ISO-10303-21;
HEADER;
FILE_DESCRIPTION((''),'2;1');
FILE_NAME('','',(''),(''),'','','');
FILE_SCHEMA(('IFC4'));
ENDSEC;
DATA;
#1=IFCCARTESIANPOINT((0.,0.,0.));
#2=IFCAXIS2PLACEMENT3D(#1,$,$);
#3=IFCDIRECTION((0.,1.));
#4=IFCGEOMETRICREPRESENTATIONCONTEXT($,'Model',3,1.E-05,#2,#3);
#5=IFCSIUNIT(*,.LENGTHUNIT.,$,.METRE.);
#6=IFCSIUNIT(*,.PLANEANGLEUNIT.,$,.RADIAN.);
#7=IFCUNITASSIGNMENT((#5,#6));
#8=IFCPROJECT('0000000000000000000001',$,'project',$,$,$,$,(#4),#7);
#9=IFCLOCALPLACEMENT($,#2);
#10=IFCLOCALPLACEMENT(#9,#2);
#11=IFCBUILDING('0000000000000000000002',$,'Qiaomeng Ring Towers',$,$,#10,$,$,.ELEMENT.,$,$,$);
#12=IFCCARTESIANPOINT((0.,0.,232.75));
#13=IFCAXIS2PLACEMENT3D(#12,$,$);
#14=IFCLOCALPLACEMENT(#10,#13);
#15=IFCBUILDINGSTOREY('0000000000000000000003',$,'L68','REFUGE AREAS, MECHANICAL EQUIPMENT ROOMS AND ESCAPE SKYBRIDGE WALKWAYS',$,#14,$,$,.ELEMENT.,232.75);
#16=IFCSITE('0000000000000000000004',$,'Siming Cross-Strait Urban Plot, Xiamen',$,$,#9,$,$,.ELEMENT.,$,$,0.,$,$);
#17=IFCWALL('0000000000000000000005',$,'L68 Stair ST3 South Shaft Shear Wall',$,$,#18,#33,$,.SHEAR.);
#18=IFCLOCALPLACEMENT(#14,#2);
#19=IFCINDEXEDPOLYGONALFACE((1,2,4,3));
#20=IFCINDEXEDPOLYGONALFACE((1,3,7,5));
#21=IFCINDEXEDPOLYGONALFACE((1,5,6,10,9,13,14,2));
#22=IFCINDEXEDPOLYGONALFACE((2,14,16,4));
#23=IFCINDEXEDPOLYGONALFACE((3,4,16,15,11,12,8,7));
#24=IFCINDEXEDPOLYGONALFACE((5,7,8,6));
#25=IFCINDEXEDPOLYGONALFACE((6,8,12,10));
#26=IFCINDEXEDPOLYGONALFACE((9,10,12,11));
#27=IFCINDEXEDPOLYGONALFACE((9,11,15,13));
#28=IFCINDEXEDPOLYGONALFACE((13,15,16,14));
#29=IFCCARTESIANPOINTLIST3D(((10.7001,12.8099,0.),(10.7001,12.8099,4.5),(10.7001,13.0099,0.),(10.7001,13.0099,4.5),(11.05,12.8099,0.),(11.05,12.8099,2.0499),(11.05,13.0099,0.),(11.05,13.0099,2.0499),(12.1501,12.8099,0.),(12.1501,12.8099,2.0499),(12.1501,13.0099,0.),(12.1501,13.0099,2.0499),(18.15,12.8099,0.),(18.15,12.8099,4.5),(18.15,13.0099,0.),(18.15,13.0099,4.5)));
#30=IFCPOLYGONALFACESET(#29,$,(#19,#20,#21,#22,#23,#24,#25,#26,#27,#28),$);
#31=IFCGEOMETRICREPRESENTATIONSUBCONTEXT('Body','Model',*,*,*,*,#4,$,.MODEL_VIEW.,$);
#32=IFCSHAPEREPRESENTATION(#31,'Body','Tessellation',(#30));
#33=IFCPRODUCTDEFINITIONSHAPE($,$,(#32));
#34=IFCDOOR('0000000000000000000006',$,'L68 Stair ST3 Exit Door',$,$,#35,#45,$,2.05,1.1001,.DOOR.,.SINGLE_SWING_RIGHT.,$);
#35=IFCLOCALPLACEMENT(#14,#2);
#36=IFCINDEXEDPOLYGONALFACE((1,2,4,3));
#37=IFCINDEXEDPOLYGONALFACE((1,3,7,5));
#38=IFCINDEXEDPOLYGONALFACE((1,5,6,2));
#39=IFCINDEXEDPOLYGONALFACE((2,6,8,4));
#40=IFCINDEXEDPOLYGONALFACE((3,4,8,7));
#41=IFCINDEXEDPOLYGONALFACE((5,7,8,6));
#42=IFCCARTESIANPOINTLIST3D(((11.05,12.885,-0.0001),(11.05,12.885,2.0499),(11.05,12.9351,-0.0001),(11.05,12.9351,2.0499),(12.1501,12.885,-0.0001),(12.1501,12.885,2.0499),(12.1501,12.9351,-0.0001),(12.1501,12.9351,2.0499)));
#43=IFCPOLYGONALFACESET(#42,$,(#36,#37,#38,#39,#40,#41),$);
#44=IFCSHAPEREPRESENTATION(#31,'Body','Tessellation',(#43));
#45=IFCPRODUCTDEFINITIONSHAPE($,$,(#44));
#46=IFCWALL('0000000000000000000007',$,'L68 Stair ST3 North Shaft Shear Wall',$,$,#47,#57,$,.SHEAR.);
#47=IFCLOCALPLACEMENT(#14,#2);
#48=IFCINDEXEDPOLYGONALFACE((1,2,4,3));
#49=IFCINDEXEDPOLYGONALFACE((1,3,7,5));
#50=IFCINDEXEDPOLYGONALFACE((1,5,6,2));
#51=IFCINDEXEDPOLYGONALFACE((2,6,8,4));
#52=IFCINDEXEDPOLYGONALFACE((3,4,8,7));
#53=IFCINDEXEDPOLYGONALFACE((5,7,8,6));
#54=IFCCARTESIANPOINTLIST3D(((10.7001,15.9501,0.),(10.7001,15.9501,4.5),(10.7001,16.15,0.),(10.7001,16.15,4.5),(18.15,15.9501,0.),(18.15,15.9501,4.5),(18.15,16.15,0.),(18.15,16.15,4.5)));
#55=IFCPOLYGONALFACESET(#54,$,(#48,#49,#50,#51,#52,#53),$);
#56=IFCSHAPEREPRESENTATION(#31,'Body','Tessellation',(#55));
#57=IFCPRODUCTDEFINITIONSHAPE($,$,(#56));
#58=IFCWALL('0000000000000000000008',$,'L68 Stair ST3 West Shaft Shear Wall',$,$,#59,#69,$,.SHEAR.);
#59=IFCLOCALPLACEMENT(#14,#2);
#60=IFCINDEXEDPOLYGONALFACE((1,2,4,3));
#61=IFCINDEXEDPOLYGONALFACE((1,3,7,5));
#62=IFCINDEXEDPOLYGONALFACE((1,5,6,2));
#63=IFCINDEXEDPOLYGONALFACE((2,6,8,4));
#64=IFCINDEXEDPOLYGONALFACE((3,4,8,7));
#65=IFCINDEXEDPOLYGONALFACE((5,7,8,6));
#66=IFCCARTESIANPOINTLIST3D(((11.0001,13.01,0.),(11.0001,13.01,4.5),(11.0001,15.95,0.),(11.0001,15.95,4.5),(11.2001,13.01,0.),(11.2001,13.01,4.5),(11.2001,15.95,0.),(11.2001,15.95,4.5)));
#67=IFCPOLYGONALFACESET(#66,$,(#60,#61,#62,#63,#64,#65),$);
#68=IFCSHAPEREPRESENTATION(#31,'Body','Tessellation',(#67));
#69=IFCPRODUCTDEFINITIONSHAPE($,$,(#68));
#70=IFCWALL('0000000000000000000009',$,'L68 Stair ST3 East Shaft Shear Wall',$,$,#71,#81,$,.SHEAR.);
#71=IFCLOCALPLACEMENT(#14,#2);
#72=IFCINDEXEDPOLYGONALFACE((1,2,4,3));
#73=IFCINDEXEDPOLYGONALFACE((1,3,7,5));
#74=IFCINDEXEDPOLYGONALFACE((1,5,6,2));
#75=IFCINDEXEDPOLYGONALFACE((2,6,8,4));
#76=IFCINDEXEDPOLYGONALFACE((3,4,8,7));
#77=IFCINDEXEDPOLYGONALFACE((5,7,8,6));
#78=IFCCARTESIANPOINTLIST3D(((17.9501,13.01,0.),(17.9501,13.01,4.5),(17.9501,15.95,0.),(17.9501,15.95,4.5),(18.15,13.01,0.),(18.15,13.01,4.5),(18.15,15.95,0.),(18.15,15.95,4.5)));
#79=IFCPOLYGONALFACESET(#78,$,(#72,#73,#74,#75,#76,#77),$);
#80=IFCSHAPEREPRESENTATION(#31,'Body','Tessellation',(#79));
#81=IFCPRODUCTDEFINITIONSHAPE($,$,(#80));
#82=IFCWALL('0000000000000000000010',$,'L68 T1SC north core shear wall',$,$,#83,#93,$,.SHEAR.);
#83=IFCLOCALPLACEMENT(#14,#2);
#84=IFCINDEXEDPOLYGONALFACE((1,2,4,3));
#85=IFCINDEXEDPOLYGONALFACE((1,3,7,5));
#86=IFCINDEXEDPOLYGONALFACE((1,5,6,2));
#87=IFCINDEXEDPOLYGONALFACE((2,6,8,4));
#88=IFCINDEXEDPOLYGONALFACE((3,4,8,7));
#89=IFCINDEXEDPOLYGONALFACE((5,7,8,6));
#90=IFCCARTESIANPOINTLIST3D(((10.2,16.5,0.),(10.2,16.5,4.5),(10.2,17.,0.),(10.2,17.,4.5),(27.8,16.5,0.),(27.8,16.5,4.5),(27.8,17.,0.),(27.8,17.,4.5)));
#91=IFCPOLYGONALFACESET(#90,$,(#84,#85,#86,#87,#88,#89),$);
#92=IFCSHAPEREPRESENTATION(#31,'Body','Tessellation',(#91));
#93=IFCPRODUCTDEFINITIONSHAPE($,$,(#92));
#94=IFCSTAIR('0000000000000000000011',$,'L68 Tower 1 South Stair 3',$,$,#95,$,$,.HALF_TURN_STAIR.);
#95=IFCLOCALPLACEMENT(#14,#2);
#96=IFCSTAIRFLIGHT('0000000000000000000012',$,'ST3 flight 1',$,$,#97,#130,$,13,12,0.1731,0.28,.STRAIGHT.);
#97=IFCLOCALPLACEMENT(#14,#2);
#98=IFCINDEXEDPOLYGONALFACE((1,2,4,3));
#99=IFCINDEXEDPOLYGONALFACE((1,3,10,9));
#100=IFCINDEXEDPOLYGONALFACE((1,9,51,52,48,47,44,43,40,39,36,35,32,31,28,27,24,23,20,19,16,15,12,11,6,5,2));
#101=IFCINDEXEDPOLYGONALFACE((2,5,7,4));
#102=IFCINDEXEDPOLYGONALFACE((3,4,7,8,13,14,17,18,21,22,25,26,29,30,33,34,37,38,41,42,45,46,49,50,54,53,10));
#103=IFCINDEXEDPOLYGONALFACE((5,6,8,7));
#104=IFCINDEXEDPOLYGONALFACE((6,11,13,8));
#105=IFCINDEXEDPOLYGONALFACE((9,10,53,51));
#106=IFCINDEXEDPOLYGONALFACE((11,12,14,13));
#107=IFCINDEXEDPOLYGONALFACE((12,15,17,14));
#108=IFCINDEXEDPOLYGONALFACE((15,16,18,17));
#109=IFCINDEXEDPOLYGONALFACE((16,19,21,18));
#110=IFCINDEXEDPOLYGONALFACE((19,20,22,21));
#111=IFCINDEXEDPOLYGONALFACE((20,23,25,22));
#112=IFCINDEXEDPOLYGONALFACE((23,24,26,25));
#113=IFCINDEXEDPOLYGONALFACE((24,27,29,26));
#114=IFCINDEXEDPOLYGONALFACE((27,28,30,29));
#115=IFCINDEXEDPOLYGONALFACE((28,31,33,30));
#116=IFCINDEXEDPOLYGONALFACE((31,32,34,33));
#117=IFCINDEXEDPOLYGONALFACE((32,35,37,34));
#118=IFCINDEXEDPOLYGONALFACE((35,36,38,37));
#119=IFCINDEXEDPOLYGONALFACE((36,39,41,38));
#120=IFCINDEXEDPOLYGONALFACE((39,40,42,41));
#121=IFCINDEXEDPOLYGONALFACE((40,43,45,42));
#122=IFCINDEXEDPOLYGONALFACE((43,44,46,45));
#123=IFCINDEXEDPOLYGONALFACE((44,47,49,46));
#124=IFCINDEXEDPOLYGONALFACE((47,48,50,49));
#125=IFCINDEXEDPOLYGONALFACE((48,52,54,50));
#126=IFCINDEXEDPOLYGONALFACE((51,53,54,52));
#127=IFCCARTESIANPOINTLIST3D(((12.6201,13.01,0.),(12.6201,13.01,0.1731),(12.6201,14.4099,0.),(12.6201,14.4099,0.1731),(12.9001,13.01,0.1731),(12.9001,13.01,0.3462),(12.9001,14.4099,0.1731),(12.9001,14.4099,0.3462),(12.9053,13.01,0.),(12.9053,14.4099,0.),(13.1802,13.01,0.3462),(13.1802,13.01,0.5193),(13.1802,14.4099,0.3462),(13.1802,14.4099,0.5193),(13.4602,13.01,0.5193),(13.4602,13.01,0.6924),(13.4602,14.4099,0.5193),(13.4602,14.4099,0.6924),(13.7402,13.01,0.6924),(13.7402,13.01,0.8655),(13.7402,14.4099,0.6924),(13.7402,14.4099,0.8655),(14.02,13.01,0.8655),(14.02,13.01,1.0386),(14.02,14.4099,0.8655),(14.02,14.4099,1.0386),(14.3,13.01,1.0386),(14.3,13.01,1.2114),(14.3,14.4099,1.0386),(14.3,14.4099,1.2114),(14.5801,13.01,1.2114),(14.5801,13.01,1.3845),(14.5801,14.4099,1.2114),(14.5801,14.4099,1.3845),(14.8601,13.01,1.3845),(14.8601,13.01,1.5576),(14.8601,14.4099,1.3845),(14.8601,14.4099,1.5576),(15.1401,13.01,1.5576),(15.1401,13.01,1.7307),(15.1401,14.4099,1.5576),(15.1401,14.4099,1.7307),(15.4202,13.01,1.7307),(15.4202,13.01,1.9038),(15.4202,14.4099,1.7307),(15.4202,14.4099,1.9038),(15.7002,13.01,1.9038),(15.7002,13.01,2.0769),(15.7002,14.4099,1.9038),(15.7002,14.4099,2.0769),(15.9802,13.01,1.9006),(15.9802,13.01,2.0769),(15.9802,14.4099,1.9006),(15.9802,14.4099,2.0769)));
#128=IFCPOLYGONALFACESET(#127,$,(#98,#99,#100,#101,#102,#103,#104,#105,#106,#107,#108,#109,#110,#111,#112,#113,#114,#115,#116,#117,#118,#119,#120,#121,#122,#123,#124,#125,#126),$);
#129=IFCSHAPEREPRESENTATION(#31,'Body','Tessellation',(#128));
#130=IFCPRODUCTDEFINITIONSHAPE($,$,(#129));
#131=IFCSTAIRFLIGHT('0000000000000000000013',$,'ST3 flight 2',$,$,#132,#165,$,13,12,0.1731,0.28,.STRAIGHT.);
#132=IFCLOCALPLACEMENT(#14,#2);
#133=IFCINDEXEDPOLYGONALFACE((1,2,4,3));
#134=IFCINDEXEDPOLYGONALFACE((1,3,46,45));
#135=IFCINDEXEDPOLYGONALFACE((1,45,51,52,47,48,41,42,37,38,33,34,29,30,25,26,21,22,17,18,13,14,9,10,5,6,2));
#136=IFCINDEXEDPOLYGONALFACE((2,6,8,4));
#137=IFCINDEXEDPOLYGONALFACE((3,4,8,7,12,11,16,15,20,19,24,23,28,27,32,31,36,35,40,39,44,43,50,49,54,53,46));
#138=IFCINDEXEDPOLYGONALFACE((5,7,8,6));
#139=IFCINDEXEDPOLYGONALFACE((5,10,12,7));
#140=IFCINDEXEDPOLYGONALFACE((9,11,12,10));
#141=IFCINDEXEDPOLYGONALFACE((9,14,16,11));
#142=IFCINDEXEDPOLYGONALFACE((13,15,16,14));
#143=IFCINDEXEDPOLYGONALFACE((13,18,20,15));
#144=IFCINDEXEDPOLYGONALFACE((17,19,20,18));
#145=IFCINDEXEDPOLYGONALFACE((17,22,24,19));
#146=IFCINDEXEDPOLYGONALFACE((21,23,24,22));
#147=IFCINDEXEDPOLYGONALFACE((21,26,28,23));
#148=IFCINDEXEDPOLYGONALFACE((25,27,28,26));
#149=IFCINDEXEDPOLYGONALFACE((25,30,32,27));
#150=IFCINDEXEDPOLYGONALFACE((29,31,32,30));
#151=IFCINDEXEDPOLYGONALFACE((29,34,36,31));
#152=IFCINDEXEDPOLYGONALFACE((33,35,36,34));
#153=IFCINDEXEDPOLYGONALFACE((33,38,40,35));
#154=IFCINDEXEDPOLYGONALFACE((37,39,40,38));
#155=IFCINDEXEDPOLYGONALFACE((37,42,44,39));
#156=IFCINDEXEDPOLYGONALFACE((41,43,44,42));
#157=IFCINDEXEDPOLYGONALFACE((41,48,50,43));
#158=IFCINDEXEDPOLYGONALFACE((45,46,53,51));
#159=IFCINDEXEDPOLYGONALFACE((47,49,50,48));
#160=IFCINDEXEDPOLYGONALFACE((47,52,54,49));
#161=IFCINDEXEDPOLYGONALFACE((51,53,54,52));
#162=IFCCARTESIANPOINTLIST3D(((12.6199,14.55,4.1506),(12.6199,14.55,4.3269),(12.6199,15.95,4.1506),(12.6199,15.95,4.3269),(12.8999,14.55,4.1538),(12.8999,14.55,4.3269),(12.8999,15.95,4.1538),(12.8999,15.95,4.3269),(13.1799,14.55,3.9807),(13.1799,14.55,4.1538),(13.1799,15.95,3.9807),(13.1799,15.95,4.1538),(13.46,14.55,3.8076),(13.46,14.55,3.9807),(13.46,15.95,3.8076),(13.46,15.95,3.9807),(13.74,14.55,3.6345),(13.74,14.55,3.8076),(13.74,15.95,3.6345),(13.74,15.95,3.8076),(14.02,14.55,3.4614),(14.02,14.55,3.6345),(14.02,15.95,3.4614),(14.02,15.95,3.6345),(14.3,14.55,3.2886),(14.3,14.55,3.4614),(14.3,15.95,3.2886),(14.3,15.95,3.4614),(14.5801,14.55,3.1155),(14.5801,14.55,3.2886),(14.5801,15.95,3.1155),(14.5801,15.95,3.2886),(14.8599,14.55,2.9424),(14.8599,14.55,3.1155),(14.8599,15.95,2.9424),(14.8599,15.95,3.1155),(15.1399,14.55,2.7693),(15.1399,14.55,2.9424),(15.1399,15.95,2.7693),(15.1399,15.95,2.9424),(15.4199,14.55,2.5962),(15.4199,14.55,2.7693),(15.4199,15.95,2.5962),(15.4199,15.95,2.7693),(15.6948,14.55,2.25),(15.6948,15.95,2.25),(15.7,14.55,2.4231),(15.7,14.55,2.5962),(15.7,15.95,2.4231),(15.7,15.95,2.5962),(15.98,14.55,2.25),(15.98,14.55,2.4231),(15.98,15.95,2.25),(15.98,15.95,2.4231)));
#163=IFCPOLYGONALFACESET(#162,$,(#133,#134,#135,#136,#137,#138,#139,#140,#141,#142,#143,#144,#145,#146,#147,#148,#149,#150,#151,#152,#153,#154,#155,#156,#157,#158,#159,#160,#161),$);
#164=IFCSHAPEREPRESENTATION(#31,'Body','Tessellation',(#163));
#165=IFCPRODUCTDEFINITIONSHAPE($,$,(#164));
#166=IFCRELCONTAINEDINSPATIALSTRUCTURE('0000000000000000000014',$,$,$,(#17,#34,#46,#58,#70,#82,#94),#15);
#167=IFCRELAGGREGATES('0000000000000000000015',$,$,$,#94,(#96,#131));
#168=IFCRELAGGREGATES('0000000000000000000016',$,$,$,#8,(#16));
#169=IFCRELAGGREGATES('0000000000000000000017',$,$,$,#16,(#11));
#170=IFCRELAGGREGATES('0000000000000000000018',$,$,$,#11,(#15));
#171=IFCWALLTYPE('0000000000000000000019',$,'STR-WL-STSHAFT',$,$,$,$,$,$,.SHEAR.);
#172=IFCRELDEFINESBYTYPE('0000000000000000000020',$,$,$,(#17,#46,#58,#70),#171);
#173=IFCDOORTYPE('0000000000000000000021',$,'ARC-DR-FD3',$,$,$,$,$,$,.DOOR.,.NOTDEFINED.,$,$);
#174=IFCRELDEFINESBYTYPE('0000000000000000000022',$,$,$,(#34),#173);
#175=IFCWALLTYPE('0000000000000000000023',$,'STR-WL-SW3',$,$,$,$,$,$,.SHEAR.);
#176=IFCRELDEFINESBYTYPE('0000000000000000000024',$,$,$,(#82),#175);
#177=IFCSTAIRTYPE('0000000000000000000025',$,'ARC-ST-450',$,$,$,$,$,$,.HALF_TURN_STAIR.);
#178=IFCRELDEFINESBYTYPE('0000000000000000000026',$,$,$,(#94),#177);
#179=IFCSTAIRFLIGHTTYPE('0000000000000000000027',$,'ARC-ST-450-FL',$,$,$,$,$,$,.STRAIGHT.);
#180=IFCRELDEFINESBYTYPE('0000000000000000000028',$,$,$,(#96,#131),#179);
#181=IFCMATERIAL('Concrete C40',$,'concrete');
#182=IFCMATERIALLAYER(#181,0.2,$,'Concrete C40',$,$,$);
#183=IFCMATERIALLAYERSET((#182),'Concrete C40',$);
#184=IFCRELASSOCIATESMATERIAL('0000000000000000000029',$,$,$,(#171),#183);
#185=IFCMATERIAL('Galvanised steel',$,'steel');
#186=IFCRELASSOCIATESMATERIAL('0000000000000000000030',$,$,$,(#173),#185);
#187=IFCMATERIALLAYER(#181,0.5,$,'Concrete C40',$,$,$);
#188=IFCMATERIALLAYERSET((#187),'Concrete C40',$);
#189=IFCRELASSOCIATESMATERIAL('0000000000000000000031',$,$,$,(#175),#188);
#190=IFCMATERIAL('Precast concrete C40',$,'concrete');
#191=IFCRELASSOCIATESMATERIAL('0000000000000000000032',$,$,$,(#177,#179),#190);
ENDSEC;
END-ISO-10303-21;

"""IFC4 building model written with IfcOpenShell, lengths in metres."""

from ifc_helpers import new_model, si_unit, direction, frame, frame_2d, origin, place, context, subcontext, project, spatial, polyline, rectangle, outline, extrude, source, transform, mapped, material, layer, layer_set, type_object, element, fill, aggregate, save


model = new_model("IFC4")

# Units and contexts
model_context = context("Model", 3, precision=1e-05, world=origin(), true_north=direction((0.0, 1.0)))
body_context = subcontext(model_context, "Body", "Model", "MODEL_VIEW")
ifc_project = project(units=[si_unit("LENGTHUNIT", "METRE"), si_unit("PLANEANGLEUNIT", "RADIAN")], contexts=[model_context])

# Site, building, storey
site_placement = place(None, origin())
site = spatial("IfcSite", under=ifc_project, at=site_placement, Name="Siming Cross-Strait Urban Plot, Xiamen", CompositionType="ELEMENT", RefElevation=0.0)
building_placement = place(site_placement, origin())
building = spatial("IfcBuilding", under=site, at=building_placement, Name="Qiaomeng Ring Towers", CompositionType="ELEMENT")
storey_placement = place(building_placement, frame((0.0, 0.0, 232.75)))
storey = spatial("IfcBuildingStorey", under=building, at=storey_placement, Name="L68", Description="REFUGE AREAS, MECHANICAL EQUIPMENT ROOMS AND ESCAPE SKYBRIDGE WALKWAYS", CompositionType="ELEMENT", Elevation=232.75)

# Shared definitions
ifc_material_1 = material(Name="Concrete C40", Category="concrete")

# Shared definitions
ifc_layer_1 = layer(ifc_material_1, 0.2, Name="Concrete C40")
ifc_layer_set_1 = layer_set([ifc_layer_1], Name="Concrete C40")
wall_type_1 = type_object("IfcWallType", Name="STR-WL-STSHAFT", PredefinedType="SHEAR", material=ifc_layer_set_1)

# Wall, opening, door
wall_1_placement = place(storey_placement, frame((10.7, 12.9099, 0.0), z_axis=(0.0, 0.0, 1.0), x_axis=(1.0, 0.0, 0.0)))
wall_1 = element("IfcWall", 1, at=wall_1_placement, inside=storey, type_object=wall_type_1, Name="L68 Stair ST3 South Shaft Shear Wall", PredefinedType="SHEAR", context=body_context, shape_type="SweptSolid", body=[
    extrude(rectangle(XDim=7.45, YDim=0.2, at=frame_2d((3.7251, 0.0))), origin(), (0.0, 0.0, 1.0), 4.5),
])
opening_placement = place(wall_1_placement, frame((0.3501, 0.0, 0.0)))
opening = element("IfcOpeningElement", 2, at=opening_placement, cuts=wall_1, PredefinedType="OPENING", context=body_context, shape_type="SweptSolid", body=[
    extrude(rectangle(XDim=1.1001, YDim=2.05, at=frame_2d((0.55, 1.0249))), frame((0.0, 0.1099, 0.0), z_axis=(0.0, -1.0, 0.0), x_axis=(1.0, 0.0, 0.0)), (0.0, 0.0, 1.0), 0.22),
])
ifc_material_2 = material(Name="Galvanised steel", Category="steel")
door_type = type_object("IfcDoorType", Name="ARC-DR-FD3", OperationType="NOTDEFINED", PredefinedType="DOOR", material=ifc_material_2)
shared_shape_1 = source(origin(), body_context, "Body", "SweptSolid", [
    extrude(rectangle(XDim=1.1001, YDim=2.05, at=frame_2d((0.55, 1.0249))), frame((0.0, 0.0249, 0.0), z_axis=(0.0, -1.0, 0.0), x_axis=(1.0, 0.0, 0.0)), (0.0, 0.0, 1.0), 0.05),
])
door_placement = place(opening_placement, frame((1.1001, 0.0, 0.0), z_axis=(0.0, 0.0, 1.0), x_axis=(-1.0, 0.0, 0.0)))
door = element("IfcDoor", 3, at=door_placement, inside=storey, type_object=door_type, Name="L68 Stair ST3 Exit Door", OperationType="SINGLE_SWING_RIGHT", OverallHeight=2.05, OverallWidth=1.1001, PredefinedType="DOOR", context=body_context, shape_type="MappedRepresentation", body=[
    mapped(shared_shape_1, transform((0.0, 0.0, 0.0), x_axis=(1.0, 0.0, 0.0), y_axis=(0.0, 1.0, 0.0), z_axis=(0.0, 0.0, 1.0), scale=1.0)),
])
fill(opening, door)

# Walls
wall_2_placement = place(storey_placement, frame((10.7, 16.05, 0.0), z_axis=(0.0, 0.0, 1.0), x_axis=(1.0, 0.0, 0.0)))
element("IfcWall", 4, at=wall_2_placement, inside=storey, type_object=wall_type_1, Name="L68 Stair ST3 North Shaft Shear Wall", PredefinedType="SHEAR", context=body_context, shape_type="SweptSolid", body=[
    extrude(rectangle(XDim=7.45, YDim=0.2, at=frame_2d((3.7251, 0.0))), origin(), (0.0, 0.0, 1.0), 4.5),
])
for number, where, z_axis, x_axis, name in (
    (5, (11.1001, 13.01, 0.0), (0.0, 0.0, 1.0), (0.0, 1.0, 0.0), "L68 Stair ST3 West Shaft Shear Wall"),
    (6, (18.05, 13.01, 0.0), (0.0, 0.0, 1.0), (0.0, 1.0, 0.0), "L68 Stair ST3 East Shaft Shear Wall"),
):
    element("IfcWall", number, at=place(storey_placement, frame(where, z_axis=z_axis, x_axis=x_axis)), inside=storey, type_object=wall_type_1, Name=name, PredefinedType="SHEAR", context=body_context, shape_type="SweptSolid", body=[
        extrude(rectangle(XDim=2.9399, YDim=0.2, at=frame_2d((1.47, 0.0))), origin(), (0.0, 0.0, 1.0), 4.5),
    ])
ifc_layer_2 = layer(ifc_material_1, 0.5, Name="Concrete C40")
ifc_layer_set_2 = layer_set([ifc_layer_2], Name="Concrete C40")
wall_type_2 = type_object("IfcWallType", Name="STR-WL-SW3", PredefinedType="SHEAR", material=ifc_layer_set_2)
wall_3_placement = place(storey_placement, frame((10.2, 16.75, 0.0), z_axis=(0.0, 0.0, 1.0), x_axis=(1.0, 0.0, 0.0)))
element("IfcWall", 7, at=wall_3_placement, inside=storey, type_object=wall_type_2, Name="L68 T1SC north core shear wall", PredefinedType="SHEAR", context=body_context, shape_type="SweptSolid", body=[
    extrude(rectangle(XDim=17.6001, YDim=0.5, at=frame_2d((8.8, 0.0))), origin(), (0.0, 0.0, 1.0), 4.5),
])

# Stair, stair flights
ifc_material_3 = material(Name="Precast concrete C40", Category="concrete")
stair_type = type_object("IfcStairType", Name="ARC-ST-450", PredefinedType="HALF_TURN_STAIR", material=ifc_material_3)
stair_placement = place(storey_placement, origin())
stair = element("IfcStair", 8, at=stair_placement, inside=storey, type_object=stair_type, Name="L68 Tower 1 South Stair 3", PredefinedType="HALF_TURN_STAIR")
stair_flight_type = type_object("IfcStairFlightType", Name="ARC-ST-450-FL", PredefinedType="STRAIGHT", material=ifc_material_3)
shared_shape_2 = source(origin(), body_context, "Body", "SweptSolid", [
    extrude(outline(polyline([(0.0, 0.0), (0.0, 0.1731), (0.28, 0.1731), (0.28, 0.3462), (0.5601, 0.3462), (0.5601, 0.5193), (0.8401, 0.5193), (0.8401, 0.6924), (1.1201, 0.6924), (1.1201, 0.8655), (1.3999, 0.8655), (1.3999, 1.0386), (1.6799, 1.0386), (1.6799, 1.2114), (1.96, 1.2114), (1.96, 1.3845), (2.24, 1.3845), (2.24, 1.5576), (2.52, 1.5576), (2.52, 1.7307), (2.8, 1.7307), (2.8, 1.9038), (3.0801, 1.9038), (3.0801, 2.0769), (3.3601, 2.0769), (3.3601, 2.25), (3.3601, 1.9006), (0.2852, 0.0), (0.0, 0.0)])), frame((0.0, 0.7, 0.0), z_axis=(0.0, -1.0, 0.0), x_axis=(1.0, 0.0, 0.0)), (0.0, 0.0, 1.0), 1.3999),
])
stair_flight_1_placement = place(storey_placement, frame((12.6201, 13.71, 0.0), z_axis=(0.0, 0.0, 1.0), x_axis=(1.0, 0.0, 0.0)))
stair_flight_1 = element("IfcStairFlight", 9, at=stair_flight_1_placement, type_object=stair_flight_type, Name="ST3 flight 1", NumberOfRisers=13, NumberOfTreads=12, PredefinedType="STRAIGHT", RiserHeight=0.1731, TreadLength=0.28, context=body_context, shape_type="MappedRepresentation", body=[
    mapped(shared_shape_2, transform((0.0, 0.0, 0.0), x_axis=(1.0, 0.0, 0.0), y_axis=(0.0, 1.0, 0.0), z_axis=(0.0, 0.0, 1.0), scale=1.0)),
])
stair_flight_2_placement = place(storey_placement, frame((15.98, 15.25, 2.25), z_axis=(0.0, 0.0, 1.0), x_axis=(-1.0, 0.0, 0.0)))
stair_flight_2 = element("IfcStairFlight", 10, at=stair_flight_2_placement, type_object=stair_flight_type, Name="ST3 flight 2", NumberOfRisers=13, NumberOfTreads=12, PredefinedType="STRAIGHT", RiserHeight=0.1731, TreadLength=0.28, context=body_context, shape_type="MappedRepresentation", body=[
    mapped(shared_shape_2, transform((0.0, 0.0, 0.0), x_axis=(1.0, 0.0, 0.0), y_axis=(0.0, 1.0, 0.0), z_axis=(0.0, 0.0, 1.0), scale=1.0)),
])
aggregate(stair, [stair_flight_1, stair_flight_2])

save(model, "model.ifc")
